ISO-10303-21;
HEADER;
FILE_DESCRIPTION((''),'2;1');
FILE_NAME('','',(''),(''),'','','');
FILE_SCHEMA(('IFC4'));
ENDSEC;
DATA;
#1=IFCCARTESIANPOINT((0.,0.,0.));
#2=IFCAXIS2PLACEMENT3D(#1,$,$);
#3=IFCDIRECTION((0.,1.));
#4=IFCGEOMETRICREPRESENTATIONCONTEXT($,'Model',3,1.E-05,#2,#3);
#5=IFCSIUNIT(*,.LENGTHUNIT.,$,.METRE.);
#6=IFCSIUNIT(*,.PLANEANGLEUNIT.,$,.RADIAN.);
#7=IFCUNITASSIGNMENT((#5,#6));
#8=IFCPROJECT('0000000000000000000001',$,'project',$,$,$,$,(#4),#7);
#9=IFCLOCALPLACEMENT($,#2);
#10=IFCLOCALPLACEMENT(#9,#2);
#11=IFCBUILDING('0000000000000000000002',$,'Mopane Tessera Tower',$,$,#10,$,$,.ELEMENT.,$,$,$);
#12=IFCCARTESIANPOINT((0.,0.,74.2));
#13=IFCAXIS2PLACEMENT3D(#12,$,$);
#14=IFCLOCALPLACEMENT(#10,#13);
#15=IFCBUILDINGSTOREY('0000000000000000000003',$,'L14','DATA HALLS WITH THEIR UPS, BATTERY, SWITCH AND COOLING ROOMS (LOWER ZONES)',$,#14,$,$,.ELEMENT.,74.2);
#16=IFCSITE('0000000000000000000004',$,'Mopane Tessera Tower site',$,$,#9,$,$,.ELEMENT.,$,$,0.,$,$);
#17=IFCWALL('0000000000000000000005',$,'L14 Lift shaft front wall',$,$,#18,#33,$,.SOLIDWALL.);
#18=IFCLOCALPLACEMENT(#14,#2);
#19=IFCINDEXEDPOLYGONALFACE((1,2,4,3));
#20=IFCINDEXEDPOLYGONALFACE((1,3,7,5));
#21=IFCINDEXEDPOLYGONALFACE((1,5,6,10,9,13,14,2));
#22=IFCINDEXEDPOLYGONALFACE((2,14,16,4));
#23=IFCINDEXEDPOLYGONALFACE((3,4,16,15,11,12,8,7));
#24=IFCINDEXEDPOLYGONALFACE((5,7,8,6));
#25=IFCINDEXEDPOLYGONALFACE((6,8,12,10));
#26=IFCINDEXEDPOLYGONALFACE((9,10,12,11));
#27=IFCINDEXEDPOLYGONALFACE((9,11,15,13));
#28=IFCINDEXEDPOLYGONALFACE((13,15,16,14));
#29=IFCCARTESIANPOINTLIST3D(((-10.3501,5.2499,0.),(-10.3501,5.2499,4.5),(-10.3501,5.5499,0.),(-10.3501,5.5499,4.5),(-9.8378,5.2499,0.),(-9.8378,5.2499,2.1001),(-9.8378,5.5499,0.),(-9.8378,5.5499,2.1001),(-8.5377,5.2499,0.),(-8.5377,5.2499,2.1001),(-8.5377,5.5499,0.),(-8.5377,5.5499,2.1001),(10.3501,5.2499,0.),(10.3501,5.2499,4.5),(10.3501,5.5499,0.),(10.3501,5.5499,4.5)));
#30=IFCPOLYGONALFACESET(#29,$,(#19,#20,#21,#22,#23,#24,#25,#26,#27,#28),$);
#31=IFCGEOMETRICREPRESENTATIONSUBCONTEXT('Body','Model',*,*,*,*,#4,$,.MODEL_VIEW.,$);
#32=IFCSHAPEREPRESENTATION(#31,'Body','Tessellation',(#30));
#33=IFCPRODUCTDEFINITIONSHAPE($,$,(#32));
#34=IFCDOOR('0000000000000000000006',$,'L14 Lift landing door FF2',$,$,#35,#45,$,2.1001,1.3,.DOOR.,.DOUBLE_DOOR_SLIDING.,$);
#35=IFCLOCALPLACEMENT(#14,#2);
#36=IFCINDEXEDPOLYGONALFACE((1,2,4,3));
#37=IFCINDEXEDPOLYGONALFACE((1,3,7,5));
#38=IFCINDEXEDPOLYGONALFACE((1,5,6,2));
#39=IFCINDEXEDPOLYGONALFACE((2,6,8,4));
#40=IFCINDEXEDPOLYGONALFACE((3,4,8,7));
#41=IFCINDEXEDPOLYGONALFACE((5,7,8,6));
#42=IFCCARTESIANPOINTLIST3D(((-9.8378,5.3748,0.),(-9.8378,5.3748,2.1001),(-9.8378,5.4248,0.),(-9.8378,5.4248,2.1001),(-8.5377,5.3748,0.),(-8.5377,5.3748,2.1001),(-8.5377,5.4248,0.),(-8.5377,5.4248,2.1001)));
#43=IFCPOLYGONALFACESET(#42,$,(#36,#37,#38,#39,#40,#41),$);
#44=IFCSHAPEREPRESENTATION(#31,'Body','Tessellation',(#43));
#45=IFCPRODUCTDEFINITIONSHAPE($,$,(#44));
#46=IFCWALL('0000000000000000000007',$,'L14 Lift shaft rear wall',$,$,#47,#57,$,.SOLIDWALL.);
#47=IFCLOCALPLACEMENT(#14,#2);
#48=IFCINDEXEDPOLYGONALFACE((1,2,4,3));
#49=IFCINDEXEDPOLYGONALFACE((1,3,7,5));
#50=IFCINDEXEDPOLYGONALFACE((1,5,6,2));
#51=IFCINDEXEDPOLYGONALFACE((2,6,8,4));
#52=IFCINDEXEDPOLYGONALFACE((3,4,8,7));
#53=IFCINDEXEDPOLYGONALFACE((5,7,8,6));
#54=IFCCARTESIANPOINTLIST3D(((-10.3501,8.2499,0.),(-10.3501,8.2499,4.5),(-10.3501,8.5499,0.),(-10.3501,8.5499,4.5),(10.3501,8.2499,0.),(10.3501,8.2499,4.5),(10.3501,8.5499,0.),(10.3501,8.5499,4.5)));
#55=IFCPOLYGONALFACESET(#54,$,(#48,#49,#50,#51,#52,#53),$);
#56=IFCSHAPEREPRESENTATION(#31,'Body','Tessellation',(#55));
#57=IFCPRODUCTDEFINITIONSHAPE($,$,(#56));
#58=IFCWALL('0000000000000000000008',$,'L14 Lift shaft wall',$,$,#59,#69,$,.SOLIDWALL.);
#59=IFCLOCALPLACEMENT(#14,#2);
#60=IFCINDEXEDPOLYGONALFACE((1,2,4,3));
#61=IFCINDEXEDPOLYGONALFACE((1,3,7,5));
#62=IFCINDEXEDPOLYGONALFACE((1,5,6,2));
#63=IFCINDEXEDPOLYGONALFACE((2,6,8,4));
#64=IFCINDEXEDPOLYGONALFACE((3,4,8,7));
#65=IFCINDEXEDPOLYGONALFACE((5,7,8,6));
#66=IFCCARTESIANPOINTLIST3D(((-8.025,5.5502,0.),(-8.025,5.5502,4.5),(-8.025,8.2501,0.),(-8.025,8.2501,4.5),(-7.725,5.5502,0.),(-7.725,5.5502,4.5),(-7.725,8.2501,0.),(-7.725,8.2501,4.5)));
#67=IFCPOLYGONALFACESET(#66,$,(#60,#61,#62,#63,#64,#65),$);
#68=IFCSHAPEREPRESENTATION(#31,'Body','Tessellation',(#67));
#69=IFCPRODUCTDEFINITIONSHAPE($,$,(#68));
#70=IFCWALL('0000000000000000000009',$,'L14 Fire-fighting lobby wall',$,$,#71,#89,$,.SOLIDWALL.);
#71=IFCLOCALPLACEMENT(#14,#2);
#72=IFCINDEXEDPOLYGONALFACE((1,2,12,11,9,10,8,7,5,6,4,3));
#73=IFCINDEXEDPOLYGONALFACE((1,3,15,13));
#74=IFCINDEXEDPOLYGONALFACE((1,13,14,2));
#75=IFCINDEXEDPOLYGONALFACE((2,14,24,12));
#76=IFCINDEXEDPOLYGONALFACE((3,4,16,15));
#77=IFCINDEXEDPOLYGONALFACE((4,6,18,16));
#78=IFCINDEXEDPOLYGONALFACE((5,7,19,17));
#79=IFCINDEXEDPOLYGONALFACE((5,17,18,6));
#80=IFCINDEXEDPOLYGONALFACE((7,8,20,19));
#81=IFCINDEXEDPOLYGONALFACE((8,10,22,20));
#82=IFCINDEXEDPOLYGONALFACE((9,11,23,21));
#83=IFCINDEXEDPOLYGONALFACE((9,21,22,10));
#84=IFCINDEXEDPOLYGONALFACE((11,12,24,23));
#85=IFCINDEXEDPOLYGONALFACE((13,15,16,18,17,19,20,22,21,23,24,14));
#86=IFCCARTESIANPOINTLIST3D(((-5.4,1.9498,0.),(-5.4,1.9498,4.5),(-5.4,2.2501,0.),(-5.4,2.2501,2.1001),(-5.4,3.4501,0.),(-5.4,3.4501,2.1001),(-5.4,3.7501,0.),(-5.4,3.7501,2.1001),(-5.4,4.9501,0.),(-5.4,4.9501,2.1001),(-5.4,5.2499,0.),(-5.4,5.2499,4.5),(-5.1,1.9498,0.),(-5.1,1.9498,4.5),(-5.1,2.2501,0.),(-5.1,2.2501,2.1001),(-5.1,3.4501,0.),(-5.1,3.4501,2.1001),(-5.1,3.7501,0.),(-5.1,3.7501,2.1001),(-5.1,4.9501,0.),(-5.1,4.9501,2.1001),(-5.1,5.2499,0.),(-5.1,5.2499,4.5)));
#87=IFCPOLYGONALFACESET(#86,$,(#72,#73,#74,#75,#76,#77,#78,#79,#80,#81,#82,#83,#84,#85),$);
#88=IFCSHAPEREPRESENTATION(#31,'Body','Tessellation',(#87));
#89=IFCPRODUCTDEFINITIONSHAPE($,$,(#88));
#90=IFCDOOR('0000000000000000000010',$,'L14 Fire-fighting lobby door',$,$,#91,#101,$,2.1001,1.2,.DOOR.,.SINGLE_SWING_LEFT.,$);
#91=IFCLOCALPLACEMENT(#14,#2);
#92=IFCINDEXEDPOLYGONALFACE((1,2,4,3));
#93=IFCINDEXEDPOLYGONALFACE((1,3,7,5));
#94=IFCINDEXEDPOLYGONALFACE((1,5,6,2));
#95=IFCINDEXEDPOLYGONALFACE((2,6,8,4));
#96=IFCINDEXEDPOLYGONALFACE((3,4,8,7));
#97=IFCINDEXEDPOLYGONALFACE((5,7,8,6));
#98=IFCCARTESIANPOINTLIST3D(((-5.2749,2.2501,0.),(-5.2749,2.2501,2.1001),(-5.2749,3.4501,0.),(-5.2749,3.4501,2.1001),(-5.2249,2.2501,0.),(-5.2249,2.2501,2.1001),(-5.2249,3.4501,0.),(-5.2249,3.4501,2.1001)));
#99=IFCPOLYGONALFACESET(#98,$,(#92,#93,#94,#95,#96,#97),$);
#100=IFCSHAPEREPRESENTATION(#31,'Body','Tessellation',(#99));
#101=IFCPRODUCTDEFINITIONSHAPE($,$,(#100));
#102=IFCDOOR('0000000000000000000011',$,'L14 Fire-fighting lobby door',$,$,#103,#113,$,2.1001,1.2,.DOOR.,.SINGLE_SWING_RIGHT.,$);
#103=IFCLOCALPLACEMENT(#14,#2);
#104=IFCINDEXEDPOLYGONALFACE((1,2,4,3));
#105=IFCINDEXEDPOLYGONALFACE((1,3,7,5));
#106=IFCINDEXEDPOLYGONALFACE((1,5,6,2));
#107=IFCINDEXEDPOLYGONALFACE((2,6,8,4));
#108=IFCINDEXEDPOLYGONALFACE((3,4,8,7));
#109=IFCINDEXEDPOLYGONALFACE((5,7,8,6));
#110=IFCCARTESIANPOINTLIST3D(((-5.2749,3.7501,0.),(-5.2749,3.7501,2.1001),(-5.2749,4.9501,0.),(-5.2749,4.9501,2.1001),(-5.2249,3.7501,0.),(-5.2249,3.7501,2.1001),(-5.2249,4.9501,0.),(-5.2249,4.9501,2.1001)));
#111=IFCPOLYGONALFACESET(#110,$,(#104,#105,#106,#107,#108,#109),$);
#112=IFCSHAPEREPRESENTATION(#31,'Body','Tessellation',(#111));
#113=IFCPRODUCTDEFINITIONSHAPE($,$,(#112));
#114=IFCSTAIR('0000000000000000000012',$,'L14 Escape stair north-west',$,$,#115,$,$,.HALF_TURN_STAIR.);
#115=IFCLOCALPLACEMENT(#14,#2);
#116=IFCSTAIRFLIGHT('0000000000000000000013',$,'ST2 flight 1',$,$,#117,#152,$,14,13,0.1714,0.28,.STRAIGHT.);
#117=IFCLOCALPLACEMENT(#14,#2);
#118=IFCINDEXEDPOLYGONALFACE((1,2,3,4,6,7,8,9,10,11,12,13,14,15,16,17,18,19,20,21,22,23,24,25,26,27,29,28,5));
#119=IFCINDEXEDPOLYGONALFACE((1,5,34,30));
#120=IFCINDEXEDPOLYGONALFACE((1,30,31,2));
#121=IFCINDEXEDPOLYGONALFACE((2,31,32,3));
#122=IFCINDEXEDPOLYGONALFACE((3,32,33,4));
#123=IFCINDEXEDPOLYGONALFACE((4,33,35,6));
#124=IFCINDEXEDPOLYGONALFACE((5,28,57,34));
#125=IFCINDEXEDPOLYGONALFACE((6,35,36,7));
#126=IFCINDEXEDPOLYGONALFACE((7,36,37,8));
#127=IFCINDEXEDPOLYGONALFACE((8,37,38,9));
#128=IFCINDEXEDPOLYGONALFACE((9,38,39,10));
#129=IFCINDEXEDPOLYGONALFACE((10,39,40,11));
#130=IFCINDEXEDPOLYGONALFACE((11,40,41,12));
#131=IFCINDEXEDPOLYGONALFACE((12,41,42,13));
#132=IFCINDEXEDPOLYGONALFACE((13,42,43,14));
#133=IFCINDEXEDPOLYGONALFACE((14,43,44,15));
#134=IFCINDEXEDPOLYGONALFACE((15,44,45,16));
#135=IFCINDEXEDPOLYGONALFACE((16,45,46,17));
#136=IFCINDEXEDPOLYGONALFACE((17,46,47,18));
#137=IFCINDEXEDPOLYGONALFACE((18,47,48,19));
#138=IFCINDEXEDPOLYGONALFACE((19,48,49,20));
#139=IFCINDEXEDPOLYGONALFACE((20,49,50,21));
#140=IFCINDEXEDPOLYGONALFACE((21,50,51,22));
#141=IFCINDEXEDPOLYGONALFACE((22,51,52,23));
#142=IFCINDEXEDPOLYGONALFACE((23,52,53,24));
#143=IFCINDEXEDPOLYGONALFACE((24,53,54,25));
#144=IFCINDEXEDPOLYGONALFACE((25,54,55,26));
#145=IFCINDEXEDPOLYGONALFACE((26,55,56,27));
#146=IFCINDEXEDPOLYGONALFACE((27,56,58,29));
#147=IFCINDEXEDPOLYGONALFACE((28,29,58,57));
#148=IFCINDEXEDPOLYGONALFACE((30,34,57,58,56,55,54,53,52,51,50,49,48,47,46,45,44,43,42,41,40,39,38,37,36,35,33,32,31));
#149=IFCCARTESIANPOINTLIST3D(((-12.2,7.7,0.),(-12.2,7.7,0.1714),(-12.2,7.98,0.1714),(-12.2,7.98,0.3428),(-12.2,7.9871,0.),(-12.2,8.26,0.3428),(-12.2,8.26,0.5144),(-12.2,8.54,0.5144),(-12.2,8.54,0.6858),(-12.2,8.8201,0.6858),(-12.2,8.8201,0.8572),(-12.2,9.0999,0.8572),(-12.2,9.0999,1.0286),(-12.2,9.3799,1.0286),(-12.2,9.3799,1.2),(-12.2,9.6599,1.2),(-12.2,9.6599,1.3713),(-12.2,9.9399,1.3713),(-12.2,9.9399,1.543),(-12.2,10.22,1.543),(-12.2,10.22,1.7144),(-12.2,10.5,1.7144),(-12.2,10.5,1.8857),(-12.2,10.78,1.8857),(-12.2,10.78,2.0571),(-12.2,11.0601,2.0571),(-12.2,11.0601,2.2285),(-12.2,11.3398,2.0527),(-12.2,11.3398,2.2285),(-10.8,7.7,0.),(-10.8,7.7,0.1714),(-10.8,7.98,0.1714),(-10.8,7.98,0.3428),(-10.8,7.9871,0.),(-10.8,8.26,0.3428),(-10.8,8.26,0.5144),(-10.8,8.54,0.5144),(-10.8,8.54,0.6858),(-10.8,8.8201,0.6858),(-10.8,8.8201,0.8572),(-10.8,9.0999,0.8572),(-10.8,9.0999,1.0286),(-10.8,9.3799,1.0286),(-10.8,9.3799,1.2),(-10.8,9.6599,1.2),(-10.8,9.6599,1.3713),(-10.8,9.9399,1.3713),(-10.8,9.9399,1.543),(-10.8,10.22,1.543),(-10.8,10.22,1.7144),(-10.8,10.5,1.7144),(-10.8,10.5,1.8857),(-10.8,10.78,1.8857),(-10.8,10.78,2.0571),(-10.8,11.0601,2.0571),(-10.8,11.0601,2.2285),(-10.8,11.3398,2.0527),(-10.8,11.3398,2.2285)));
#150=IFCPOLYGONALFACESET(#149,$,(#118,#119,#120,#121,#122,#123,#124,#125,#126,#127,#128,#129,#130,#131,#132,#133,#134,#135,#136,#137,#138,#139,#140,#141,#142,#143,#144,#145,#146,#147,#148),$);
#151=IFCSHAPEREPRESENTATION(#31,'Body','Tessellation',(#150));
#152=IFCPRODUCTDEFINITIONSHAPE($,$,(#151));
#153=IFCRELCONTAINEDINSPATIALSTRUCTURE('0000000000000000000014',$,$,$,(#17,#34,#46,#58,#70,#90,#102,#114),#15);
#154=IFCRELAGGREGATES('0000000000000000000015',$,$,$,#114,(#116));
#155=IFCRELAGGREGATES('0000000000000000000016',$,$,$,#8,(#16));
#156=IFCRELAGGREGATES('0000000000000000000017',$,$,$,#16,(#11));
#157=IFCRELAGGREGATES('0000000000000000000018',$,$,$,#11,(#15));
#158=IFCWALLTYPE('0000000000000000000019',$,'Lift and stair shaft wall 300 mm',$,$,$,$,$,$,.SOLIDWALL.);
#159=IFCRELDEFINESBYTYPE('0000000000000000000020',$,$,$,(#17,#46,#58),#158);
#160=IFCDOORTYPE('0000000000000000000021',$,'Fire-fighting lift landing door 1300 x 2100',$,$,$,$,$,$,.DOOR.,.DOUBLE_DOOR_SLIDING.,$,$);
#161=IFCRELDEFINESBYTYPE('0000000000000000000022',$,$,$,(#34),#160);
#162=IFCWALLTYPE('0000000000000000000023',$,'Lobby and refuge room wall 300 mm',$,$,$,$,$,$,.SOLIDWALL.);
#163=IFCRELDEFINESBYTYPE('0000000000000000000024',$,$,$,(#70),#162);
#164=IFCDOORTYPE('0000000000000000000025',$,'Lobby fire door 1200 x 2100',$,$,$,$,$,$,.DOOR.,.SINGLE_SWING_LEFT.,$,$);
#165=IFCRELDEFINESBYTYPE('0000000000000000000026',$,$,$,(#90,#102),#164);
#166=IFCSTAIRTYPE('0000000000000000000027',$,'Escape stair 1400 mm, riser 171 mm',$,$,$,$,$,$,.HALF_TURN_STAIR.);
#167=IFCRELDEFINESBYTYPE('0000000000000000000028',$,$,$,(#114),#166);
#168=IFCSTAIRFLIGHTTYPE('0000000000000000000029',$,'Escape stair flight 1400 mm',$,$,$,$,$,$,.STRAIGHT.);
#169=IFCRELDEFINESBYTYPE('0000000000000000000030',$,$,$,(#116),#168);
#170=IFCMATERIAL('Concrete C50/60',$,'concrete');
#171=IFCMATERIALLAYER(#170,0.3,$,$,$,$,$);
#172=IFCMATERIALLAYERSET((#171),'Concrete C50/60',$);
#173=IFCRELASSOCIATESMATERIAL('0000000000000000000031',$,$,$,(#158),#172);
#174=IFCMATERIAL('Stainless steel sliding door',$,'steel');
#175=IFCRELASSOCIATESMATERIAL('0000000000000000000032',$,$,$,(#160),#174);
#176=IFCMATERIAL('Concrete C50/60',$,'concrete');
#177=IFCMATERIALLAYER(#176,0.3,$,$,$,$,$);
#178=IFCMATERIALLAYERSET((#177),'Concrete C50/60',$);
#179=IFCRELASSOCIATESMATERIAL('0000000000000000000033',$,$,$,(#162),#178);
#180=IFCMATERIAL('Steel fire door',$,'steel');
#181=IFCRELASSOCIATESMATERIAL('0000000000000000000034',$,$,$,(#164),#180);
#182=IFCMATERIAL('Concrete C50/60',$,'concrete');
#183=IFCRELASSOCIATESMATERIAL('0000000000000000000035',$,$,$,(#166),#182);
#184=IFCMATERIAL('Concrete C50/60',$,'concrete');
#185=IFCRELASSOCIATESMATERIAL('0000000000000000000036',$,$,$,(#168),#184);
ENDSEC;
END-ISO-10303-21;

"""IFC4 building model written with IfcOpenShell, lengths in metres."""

from ifc_helpers import new_model, si_unit, direction, frame, frame_2d, origin, place, context, subcontext, project, spatial, polyline, rectangle, outline, extrude, material, layer, layer_set, type_object, element, fill, aggregate, save


model = new_model("IFC4")

# Units and contexts
model_context = context("Model", 3, precision=1e-05, world=origin(), true_north=direction((0.0, 1.0)))
body_context = subcontext(model_context, "Body", "Model", "MODEL_VIEW")
ifc_project = project(units=[si_unit("LENGTHUNIT", "METRE"), si_unit("PLANEANGLEUNIT", "RADIAN")], contexts=[model_context])

# Site, building, storey
site_placement = place(None, origin())
site = spatial("IfcSite", under=ifc_project, at=site_placement, Name="Mopane Tessera Tower site", CompositionType="ELEMENT", RefElevation=0.0)
building_placement = place(site_placement, origin())
building = spatial("IfcBuilding", under=site, at=building_placement, Name="Mopane Tessera Tower", CompositionType="ELEMENT")
storey_placement = place(building_placement, frame((0.0, 0.0, 74.2)))
storey = spatial("IfcBuildingStorey", under=building, at=storey_placement, Name="L14", Description="DATA HALLS WITH THEIR UPS, BATTERY, SWITCH AND COOLING ROOMS (LOWER ZONES)", CompositionType="ELEMENT", Elevation=74.2)

# Shared definitions
ifc_material_1 = material(Name="Concrete C50/60", Category="concrete")
ifc_layer_1 = layer(ifc_material_1, 0.3)
ifc_layer_set_1 = layer_set([ifc_layer_1], Name="Concrete C50/60")
wall_type_1 = type_object("IfcWallType", Name="Lift and stair shaft wall 300 mm", PredefinedType="SOLIDWALL", material=ifc_layer_set_1)

# Shared definitions
ifc_material_2 = material(Name="Stainless steel sliding door", Category="steel")
door_type_1 = type_object("IfcDoorType", Name="Fire-fighting lift landing door 1300 x 2100", OperationType="DOUBLE_DOOR_SLIDING", PredefinedType="DOOR", material=ifc_material_2)

# Wall, opening, door
wall_1_placement = place(storey_placement, frame((-10.3501, 5.3999, 0.0), z_axis=(0.0, 0.0, 1.0), x_axis=(1.0, 0.0, 0.0)))
wall_1 = element("IfcWall", 1, at=wall_1_placement, inside=storey, type_object=wall_type_1, Name="L14 Lift shaft front wall", PredefinedType="SOLIDWALL", context=body_context, shape_type="SweptSolid", body=[
    extrude(rectangle(XDim=20.7002, YDim=0.3, at=frame_2d((10.3501, 0.0))), origin(), (0.0, 0.0, 1.0), 4.5),
])
opening_1_placement = place(wall_1_placement, frame((0.5125, 0.0, 0.0)))
opening_1 = element("IfcOpeningElement", 2, at=opening_1_placement, cuts=wall_1, PredefinedType="OPENING", context=body_context, shape_type="SweptSolid", body=[
    extrude(rectangle(XDim=1.3, YDim=2.1001, at=frame_2d((0.6499, 1.05))), frame((0.0, 0.1621, 0.0), z_axis=(0.0, -1.0, 0.0), x_axis=(1.0, 0.0, 0.0)), (0.0, 0.0, 1.0), 0.324),
])
door_1_placement = place(opening_1_placement, origin())
door_1 = element("IfcDoor", 3, at=door_1_placement, inside=storey, type_object=door_type_1, Name="L14 Lift landing door FF2", OperationType="DOUBLE_DOOR_SLIDING", OverallHeight=2.1001, OverallWidth=1.3, PredefinedType="DOOR", context=body_context, shape_type="SweptSolid", body=[
    extrude(rectangle(XDim=1.3, YDim=2.1001, at=frame_2d((0.6499, 1.05))), frame((0.0, 0.0249, 0.0), z_axis=(0.0, -1.0, 0.0), x_axis=(1.0, 0.0, 0.0)), (0.0, 0.0, 1.0), 0.05),
])
fill(opening_1, door_1)

# Walls
wall_2_placement = place(storey_placement, frame((-10.3501, 8.3999, 0.0), z_axis=(0.0, 0.0, 1.0), x_axis=(1.0, 0.0, 0.0)))
element("IfcWall", 4, at=wall_2_placement, inside=storey, type_object=wall_type_1, Name="L14 Lift shaft rear wall", PredefinedType="SOLIDWALL", context=body_context, shape_type="SweptSolid", body=[
    extrude(rectangle(XDim=20.7002, YDim=0.3, at=frame_2d((10.3501, 0.0))), origin(), (0.0, 0.0, 1.0), 4.5),
])
wall_3_placement = place(storey_placement, frame((-7.875, 5.55, 0.0), z_axis=(0.0, 0.0, 1.0), x_axis=(0.0, 1.0, 0.0)))
element("IfcWall", 5, at=wall_3_placement, inside=storey, type_object=wall_type_1, Name="L14 Lift shaft wall", PredefinedType="SOLIDWALL", context=body_context, shape_type="SweptSolid", body=[
    extrude(rectangle(XDim=2.7, YDim=0.3, at=frame_2d((1.3501, 0.0))), origin(), (0.0, 0.0, 1.0), 4.5),
])

# Wall, openings, doors
ifc_material_3 = material(Name="Concrete C50/60", Category="concrete")
ifc_layer_2 = layer(ifc_material_3, 0.3)
ifc_layer_set_2 = layer_set([ifc_layer_2], Name="Concrete C50/60")
wall_type_2 = type_object("IfcWallType", Name="Lobby and refuge room wall 300 mm", PredefinedType="SOLIDWALL", material=ifc_layer_set_2)
wall_4_placement = place(storey_placement, frame((-5.25, 1.95, 0.0), z_axis=(0.0, 0.0, 1.0), x_axis=(0.0, 1.0, 0.0)))
wall_4 = element("IfcWall", 6, at=wall_4_placement, inside=storey, type_object=wall_type_2, Name="L14 Fire-fighting lobby wall", PredefinedType="SOLIDWALL", context=body_context, shape_type="SweptSolid", body=[
    extrude(rectangle(XDim=3.3, YDim=0.3, at=frame_2d((1.6499, 0.0))), origin(), (0.0, 0.0, 1.0), 4.5),
])
opening_2_placement = place(wall_4_placement, frame((0.3, 0.0, 0.0)))
opening_2 = element("IfcOpeningElement", 7, at=opening_2_placement, cuts=wall_4, PredefinedType="OPENING", context=body_context, shape_type="SweptSolid", body=[
    extrude(rectangle(XDim=1.2, YDim=2.1001, at=frame_2d((0.6001, 1.05))), frame((0.0, 0.1621, 0.0), z_axis=(0.0, -1.0, 0.0), x_axis=(1.0, 0.0, 0.0)), (0.0, 0.0, 1.0), 0.324),
])
opening_3_placement = place(wall_4_placement, frame((1.8, 0.0, 0.0)))
opening_3 = element("IfcOpeningElement", 8, at=opening_3_placement, cuts=wall_4, PredefinedType="OPENING", context=body_context, shape_type="SweptSolid", body=[
    extrude(rectangle(XDim=1.2, YDim=2.1001, at=frame_2d((0.6001, 1.05))), frame((0.0, 0.1621, 0.0), z_axis=(0.0, -1.0, 0.0), x_axis=(1.0, 0.0, 0.0)), (0.0, 0.0, 1.0), 0.324),
])
ifc_material_4 = material(Name="Steel fire door", Category="steel")
door_type_2 = type_object("IfcDoorType", Name="Lobby fire door 1200 x 2100", OperationType="SINGLE_SWING_LEFT", PredefinedType="DOOR", material=ifc_material_4)
door_2_placement = place(opening_2_placement, origin())
door_2 = element("IfcDoor", 9, at=door_2_placement, inside=storey, type_object=door_type_2, Name="L14 Fire-fighting lobby door", OperationType="SINGLE_SWING_LEFT", OverallHeight=2.1001, OverallWidth=1.2, PredefinedType="DOOR", context=body_context, shape_type="SweptSolid", body=[
    extrude(rectangle(XDim=1.2, YDim=2.1001, at=frame_2d((0.6001, 1.05))), frame((0.0, 0.0249, 0.0), z_axis=(0.0, -1.0, 0.0), x_axis=(1.0, 0.0, 0.0)), (0.0, 0.0, 1.0), 0.05),
])
fill(opening_2, door_2)
door_3_placement = place(opening_3_placement, origin())
door_3 = element("IfcDoor", 10, at=door_3_placement, inside=storey, type_object=door_type_2, Name="L14 Fire-fighting lobby door", OperationType="SINGLE_SWING_RIGHT", OverallHeight=2.1001, OverallWidth=1.2, PredefinedType="DOOR", context=body_context, shape_type="SweptSolid", body=[
    extrude(rectangle(XDim=1.2, YDim=2.1001, at=frame_2d((0.6001, 1.05))), frame((0.0, 0.0249, 0.0), z_axis=(0.0, -1.0, 0.0), x_axis=(1.0, 0.0, 0.0)), (0.0, 0.0, 1.0), 0.05),
])
fill(opening_3, door_3)

# Stair, stair flight
ifc_material_5 = material(Name="Concrete C50/60", Category="concrete")
stair_type = type_object("IfcStairType", Name="Escape stair 1400 mm, riser 171 mm", PredefinedType="HALF_TURN_STAIR", material=ifc_material_5)
stair_placement = place(storey_placement, origin())
stair = element("IfcStair", 11, at=stair_placement, inside=storey, type_object=stair_type, Name="L14 Escape stair north-west", PredefinedType="HALF_TURN_STAIR")
ifc_material_6 = material(Name="Concrete C50/60", Category="concrete")
stair_flight_type = type_object("IfcStairFlightType", Name="Escape stair flight 1400 mm", PredefinedType="STRAIGHT", material=ifc_material_6)
stair_flight_placement = place(storey_placement, frame((-11.5, 7.7, 0.0), z_axis=(0.0, 0.0, 1.0), x_axis=(0.0, 1.0, 0.0)))
stair_flight = element("IfcStairFlight", 12, at=stair_flight_placement, type_object=stair_flight_type, Name="ST2 flight 1", NumberOfRisers=14, NumberOfTreads=13, PredefinedType="STRAIGHT", RiserHeight=0.1714, TreadLength=0.28, context=body_context, shape_type="SweptSolid", body=[
    extrude(outline(polyline([(0.0, 0.0), (0.0, 0.1714), (0.28, 0.1714), (0.28, 0.3428), (0.5601, 0.3428), (0.5601, 0.5144), (0.8401, 0.5144), (0.8401, 0.6858), (1.1201, 0.6858), (1.1201, 0.8572), (1.3999, 0.8572), (1.3999, 1.0286), (1.6799, 1.0286), (1.6799, 1.2), (1.96, 1.2), (1.96, 1.3713), (2.24, 1.3713), (2.24, 1.543), (2.52, 1.543), (2.52, 1.7144), (2.8, 1.7144), (2.8, 1.8857), (3.0801, 1.8857), (3.0801, 2.0571), (3.3601, 2.0571), (3.3601, 2.2285), (3.6399, 2.2285), (3.6399, 2.3999), (3.6399, 2.0527), (0.2871, 0.0), (0.0, 0.0)])), frame((0.0, 0.7, 0.0), z_axis=(0.0, -1.0, 0.0), x_axis=(1.0, 0.0, 0.0)), (0.0, 0.0, 1.0), 1.3999),
])
aggregate(stair, [stair_flight])

save(model, "model.ifc")
